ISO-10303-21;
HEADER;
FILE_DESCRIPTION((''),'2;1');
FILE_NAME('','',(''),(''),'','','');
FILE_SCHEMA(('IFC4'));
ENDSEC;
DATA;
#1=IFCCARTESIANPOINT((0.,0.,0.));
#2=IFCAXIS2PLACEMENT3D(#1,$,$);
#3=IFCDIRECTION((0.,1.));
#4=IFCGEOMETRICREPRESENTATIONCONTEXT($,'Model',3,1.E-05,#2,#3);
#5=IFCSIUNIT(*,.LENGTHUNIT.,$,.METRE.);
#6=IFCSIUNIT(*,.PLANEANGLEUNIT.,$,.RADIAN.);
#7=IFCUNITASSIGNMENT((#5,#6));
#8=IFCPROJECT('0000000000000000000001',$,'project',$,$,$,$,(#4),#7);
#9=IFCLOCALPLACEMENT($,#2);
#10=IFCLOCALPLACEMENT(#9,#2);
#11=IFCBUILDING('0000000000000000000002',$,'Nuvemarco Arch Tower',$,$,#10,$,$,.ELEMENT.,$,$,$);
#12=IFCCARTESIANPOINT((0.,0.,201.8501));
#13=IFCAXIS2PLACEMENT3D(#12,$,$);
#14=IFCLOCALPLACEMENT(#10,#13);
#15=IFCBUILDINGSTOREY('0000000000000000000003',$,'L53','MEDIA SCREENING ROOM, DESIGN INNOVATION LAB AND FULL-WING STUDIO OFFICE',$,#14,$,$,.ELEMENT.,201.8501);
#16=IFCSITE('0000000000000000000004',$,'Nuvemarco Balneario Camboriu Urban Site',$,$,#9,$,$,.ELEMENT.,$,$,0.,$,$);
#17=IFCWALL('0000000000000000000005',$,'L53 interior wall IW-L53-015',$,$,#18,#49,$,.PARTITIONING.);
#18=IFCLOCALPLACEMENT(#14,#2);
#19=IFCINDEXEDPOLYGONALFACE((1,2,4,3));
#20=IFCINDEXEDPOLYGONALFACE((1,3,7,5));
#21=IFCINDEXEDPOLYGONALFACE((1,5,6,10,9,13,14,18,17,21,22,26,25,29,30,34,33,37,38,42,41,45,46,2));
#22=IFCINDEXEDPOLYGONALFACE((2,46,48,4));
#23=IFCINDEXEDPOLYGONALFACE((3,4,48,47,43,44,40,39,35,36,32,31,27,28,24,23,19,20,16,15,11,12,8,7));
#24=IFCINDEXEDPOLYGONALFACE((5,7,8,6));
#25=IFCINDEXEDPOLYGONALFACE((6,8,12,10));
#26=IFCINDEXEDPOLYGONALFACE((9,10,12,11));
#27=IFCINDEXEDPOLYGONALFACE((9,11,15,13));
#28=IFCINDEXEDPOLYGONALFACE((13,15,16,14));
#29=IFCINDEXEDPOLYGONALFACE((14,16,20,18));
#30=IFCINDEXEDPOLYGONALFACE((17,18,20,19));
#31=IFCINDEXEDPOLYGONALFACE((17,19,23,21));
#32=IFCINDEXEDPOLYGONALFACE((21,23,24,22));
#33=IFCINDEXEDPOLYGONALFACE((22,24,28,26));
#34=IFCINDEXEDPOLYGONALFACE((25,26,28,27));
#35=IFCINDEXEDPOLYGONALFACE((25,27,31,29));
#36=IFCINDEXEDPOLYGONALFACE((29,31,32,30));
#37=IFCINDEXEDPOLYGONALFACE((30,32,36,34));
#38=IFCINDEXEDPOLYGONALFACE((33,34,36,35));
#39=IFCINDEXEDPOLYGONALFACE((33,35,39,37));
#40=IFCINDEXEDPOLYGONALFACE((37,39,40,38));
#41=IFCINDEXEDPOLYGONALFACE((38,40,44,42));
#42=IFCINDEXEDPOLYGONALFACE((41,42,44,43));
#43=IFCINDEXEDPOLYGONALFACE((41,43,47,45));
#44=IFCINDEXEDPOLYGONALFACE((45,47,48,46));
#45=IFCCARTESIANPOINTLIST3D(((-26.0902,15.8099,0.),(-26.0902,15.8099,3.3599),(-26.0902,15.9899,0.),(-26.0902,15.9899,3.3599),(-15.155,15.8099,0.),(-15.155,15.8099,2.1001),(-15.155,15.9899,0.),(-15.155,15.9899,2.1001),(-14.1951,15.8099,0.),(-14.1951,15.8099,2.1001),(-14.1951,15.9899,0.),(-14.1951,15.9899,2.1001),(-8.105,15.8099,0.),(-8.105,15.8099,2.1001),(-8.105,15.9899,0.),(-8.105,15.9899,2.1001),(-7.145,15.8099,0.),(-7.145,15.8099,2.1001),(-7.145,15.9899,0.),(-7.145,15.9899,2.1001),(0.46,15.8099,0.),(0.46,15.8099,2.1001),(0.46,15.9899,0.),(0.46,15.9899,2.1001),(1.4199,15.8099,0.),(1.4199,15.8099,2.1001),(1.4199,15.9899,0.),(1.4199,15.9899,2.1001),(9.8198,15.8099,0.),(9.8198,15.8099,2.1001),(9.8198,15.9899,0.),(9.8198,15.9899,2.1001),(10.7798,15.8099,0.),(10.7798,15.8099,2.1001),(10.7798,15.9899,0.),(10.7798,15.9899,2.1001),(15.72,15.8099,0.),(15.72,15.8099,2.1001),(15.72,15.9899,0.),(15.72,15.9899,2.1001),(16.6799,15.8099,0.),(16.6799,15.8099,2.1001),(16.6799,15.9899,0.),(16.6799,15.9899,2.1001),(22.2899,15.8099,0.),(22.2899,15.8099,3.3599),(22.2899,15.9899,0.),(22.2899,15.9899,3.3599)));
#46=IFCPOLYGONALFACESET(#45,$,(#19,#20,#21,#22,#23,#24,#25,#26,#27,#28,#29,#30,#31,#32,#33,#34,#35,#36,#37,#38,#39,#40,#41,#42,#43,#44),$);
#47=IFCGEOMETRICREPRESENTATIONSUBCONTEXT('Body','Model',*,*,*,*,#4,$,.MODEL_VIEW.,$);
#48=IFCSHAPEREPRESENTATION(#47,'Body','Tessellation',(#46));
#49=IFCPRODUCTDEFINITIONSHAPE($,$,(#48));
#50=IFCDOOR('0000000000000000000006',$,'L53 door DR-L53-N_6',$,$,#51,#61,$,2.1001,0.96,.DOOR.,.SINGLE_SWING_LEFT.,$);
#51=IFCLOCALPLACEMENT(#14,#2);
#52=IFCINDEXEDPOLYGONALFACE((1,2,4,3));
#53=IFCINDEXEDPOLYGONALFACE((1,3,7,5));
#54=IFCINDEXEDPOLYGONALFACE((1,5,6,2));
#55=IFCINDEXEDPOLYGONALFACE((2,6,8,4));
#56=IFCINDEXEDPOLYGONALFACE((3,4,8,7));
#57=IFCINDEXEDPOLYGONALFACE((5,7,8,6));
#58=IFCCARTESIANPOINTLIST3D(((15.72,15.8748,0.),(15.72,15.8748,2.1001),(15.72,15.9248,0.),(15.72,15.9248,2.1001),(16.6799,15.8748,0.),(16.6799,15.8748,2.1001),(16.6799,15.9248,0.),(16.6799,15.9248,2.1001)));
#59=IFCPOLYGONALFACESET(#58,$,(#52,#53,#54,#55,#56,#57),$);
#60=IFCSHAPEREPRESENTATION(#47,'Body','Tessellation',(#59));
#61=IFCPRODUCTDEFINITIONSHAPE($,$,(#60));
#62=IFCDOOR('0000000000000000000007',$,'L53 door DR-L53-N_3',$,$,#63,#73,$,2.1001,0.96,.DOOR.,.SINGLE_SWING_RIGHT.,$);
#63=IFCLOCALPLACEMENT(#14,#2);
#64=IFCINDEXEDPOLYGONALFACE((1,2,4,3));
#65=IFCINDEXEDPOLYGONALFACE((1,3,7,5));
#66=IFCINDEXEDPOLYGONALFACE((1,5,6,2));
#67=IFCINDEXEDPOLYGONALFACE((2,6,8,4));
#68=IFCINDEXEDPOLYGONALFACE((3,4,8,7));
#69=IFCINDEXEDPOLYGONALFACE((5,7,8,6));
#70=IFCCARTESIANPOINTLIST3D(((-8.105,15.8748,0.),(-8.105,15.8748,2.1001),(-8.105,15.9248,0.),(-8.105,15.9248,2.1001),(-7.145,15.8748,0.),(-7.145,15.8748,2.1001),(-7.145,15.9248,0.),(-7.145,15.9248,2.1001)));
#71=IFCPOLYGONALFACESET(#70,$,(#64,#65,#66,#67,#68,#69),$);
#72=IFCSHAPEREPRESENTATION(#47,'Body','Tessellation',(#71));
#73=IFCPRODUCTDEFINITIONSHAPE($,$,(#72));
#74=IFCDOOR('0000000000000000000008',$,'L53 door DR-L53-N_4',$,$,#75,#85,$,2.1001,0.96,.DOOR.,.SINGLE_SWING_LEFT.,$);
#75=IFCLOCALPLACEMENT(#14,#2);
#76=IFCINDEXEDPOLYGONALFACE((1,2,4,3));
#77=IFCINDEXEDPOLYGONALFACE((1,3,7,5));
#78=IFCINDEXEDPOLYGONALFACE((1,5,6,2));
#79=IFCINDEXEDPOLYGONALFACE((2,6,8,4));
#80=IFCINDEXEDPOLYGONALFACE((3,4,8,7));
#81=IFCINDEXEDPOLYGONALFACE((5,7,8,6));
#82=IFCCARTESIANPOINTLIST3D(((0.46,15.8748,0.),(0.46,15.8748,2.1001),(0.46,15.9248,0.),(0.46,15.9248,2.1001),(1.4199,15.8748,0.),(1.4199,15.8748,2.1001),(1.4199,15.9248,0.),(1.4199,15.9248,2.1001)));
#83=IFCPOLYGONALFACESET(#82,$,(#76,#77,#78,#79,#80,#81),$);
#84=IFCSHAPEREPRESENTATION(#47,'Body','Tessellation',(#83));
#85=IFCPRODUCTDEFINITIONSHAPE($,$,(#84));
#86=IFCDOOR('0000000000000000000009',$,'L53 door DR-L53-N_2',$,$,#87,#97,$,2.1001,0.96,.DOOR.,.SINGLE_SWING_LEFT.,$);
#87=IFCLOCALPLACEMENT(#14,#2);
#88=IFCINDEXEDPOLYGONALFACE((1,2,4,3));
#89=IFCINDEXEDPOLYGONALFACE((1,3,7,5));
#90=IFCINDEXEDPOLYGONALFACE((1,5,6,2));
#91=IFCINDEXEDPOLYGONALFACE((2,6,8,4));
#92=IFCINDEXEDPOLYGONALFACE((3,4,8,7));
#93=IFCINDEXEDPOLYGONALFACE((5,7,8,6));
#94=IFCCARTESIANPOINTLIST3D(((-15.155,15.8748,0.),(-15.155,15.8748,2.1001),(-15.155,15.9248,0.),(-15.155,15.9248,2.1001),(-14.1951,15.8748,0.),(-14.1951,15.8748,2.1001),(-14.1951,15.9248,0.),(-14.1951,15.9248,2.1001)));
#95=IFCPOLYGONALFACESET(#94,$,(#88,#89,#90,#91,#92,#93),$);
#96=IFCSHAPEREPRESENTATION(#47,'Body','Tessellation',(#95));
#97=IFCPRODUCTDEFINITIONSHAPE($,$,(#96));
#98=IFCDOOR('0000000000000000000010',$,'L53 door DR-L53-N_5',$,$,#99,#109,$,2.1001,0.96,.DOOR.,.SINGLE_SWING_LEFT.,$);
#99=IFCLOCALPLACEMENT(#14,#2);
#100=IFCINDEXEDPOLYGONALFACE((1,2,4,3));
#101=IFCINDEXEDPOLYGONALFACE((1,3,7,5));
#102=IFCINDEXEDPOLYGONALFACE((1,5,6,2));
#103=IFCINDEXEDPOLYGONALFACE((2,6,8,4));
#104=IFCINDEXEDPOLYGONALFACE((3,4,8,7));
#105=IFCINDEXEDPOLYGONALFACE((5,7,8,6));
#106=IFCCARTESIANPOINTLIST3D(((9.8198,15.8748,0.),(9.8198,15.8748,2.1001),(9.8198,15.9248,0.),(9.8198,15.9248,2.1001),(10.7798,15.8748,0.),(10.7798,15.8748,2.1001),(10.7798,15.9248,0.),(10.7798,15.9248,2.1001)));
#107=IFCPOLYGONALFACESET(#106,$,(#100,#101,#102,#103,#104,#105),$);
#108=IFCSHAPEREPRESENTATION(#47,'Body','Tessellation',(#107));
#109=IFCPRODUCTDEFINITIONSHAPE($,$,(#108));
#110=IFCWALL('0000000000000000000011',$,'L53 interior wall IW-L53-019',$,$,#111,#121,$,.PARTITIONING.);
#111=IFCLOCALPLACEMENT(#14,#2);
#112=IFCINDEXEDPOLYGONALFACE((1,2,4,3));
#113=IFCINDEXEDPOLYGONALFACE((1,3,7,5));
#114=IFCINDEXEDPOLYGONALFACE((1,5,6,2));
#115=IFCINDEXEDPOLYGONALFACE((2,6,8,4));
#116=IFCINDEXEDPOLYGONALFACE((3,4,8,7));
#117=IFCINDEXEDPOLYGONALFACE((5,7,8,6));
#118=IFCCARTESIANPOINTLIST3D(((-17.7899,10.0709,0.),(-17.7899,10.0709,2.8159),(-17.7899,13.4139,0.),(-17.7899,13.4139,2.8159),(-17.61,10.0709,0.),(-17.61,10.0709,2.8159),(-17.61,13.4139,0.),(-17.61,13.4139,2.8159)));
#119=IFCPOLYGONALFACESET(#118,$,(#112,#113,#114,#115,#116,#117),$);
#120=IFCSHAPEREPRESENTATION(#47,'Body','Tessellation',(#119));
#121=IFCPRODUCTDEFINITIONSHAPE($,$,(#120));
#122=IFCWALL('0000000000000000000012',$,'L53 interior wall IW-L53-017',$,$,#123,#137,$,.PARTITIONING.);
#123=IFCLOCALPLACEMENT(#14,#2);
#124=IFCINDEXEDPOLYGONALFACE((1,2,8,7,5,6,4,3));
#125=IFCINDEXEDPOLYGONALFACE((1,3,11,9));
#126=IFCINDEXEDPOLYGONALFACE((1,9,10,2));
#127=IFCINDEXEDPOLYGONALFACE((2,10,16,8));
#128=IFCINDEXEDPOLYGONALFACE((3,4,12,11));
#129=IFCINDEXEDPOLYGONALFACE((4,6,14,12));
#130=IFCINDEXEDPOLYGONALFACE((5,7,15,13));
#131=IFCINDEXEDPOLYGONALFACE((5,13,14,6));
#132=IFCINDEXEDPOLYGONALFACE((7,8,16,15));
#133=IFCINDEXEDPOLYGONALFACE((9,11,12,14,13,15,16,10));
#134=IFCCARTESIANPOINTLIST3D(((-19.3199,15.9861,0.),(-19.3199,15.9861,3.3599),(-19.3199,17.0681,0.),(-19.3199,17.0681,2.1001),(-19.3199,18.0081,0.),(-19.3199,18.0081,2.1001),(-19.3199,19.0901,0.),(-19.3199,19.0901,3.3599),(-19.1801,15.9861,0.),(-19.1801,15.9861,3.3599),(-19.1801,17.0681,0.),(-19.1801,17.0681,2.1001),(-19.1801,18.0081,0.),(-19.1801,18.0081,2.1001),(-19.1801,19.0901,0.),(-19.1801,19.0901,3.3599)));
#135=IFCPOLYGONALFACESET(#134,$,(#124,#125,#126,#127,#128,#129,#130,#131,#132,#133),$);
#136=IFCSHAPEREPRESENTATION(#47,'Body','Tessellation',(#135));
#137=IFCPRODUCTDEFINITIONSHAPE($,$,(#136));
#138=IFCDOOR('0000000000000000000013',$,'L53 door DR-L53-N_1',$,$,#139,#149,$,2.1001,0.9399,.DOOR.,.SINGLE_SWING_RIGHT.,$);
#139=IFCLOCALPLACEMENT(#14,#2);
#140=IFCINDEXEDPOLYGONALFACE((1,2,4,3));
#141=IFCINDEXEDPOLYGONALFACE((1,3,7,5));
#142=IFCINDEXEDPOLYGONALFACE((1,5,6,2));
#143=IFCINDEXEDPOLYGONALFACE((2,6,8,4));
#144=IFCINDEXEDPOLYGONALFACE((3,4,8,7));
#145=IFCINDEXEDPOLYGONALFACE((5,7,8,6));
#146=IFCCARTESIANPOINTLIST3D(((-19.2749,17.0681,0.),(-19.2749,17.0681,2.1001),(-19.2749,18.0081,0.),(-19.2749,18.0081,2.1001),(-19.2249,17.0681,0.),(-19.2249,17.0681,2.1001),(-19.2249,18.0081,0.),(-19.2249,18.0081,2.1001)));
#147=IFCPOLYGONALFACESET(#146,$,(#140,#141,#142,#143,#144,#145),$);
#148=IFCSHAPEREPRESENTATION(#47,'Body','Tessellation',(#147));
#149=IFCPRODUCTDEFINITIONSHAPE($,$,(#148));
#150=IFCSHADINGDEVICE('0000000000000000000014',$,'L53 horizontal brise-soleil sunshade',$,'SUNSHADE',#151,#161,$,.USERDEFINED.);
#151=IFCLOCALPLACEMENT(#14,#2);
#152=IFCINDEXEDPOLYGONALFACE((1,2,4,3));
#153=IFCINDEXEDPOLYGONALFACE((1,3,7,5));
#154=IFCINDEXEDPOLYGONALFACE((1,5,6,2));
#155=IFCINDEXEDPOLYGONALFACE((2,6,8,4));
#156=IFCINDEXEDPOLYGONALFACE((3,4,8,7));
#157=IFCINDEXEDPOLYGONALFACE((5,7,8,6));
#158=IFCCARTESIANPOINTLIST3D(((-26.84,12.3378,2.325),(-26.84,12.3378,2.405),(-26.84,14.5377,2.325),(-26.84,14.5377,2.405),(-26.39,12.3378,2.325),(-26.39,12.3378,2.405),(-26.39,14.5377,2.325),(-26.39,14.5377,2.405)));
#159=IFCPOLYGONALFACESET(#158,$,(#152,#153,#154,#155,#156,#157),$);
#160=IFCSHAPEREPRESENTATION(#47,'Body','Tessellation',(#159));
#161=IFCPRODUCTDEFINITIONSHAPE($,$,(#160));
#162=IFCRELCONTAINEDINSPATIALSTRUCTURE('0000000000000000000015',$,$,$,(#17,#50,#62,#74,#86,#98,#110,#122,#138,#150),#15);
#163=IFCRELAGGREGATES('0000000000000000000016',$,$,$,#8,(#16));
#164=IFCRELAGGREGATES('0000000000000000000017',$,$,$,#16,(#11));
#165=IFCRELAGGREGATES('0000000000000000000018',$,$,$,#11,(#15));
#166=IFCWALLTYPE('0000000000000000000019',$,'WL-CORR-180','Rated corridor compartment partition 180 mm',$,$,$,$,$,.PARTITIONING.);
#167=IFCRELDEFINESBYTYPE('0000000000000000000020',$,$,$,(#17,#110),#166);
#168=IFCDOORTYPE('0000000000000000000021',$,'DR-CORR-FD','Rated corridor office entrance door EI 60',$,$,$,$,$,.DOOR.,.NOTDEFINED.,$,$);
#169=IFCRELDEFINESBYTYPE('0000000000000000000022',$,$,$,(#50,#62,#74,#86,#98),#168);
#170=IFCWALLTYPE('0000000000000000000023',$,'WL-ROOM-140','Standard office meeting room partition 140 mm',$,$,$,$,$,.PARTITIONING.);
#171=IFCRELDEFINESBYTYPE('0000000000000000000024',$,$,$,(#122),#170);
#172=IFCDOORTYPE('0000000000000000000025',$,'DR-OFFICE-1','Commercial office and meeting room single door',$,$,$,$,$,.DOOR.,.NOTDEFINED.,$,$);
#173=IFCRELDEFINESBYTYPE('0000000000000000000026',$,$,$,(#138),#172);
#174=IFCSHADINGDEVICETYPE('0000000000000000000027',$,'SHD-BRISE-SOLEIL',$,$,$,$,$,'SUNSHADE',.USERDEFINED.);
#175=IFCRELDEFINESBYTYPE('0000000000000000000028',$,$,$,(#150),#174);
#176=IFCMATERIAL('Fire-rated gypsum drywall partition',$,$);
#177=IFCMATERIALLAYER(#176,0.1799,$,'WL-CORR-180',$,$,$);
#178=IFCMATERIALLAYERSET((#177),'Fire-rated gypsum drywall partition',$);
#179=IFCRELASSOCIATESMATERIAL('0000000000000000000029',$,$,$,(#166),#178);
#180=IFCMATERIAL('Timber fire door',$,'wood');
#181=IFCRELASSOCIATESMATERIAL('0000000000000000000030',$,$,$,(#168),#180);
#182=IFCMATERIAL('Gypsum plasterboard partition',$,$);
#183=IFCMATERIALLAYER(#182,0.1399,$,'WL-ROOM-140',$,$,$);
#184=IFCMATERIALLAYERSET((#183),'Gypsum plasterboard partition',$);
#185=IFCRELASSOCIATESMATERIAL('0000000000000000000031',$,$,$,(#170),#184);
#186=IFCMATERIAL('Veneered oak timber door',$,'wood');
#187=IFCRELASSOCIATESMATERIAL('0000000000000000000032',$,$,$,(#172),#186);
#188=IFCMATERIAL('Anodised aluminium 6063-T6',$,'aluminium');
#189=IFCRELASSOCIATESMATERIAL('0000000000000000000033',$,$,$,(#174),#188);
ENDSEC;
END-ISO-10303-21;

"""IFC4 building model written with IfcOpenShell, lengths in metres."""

from ifc_helpers import new_model, si_unit, direction, frame, frame_2d, origin, origin_2d, place, context, subcontext, project, spatial, rectangle, extrude, source, transform, mapped, material, layer, layer_set, type_object, type_shapes, element, fill, save


model = new_model("IFC4")

# Units and contexts
model_context = context("Model", 3, precision=1e-05, world=origin(), true_north=direction((0.0, 1.0)))
body_context = subcontext(model_context, "Body", "Model", "MODEL_VIEW")
ifc_project = project(units=[si_unit("LENGTHUNIT", "METRE"), si_unit("PLANEANGLEUNIT", "RADIAN")], contexts=[model_context])

# Site, building, storey
site_placement = place(None, origin())
site = spatial("IfcSite", under=ifc_project, at=site_placement, Name="Nuvemarco Balneario Camboriu Urban Site", CompositionType="ELEMENT", RefElevation=0.0)
building_placement = place(site_placement, origin())
building = spatial("IfcBuilding", under=site, at=building_placement, Name="Nuvemarco Arch Tower", CompositionType="ELEMENT")
storey_placement = place(building_placement, frame((0.0, 0.0, 201.8501)))
storey = spatial("IfcBuildingStorey", under=building, at=storey_placement, Name="L53", Description="MEDIA SCREENING ROOM, DESIGN INNOVATION LAB AND FULL-WING STUDIO OFFICE", CompositionType="ELEMENT", Elevation=201.8501)

# Shared definitions
ifc_material_1 = material(Name="Fire-rated gypsum drywall partition")
ifc_layer_1 = layer(ifc_material_1, 0.1799, Name="WL-CORR-180")
ifc_layer_set_1 = layer_set([ifc_layer_1], Name="Fire-rated gypsum drywall partition")
wall_type_1 = type_object("IfcWallType", Name="WL-CORR-180", Description="Rated corridor compartment partition 180 mm", PredefinedType="PARTITIONING", material=ifc_layer_set_1)
ifc_material_2 = material(Name="Timber fire door", Category="wood")
door_type_1 = type_object("IfcDoorType", Name="DR-CORR-FD", Description="Rated corridor office entrance door EI 60", OperationType="NOTDEFINED", PredefinedType="DOOR", material=ifc_material_2)
shared_shape_1 = source(origin(), body_context, "Body", "SweptSolid", [
    extrude(rectangle(XDim=0.96, YDim=2.1001, at=frame_2d((0.48, 1.05))), frame((0.0, 0.0249, 0.0), z_axis=(0.0, -1.0, 0.0), x_axis=(1.0, 0.0, 0.0)), (0.0, 0.0, 1.0), 0.05),
])
type_shapes(door_type_1, [shared_shape_1])

# Wall, openings, doors
wall_1_placement = place(storey_placement, frame((-26.0901, 15.8999, 0.0), z_axis=(0.0, 0.0, 1.0), x_axis=(1.0, 0.0, 0.0)))
wall_1 = element("IfcWall", 1, at=wall_1_placement, inside=storey, type_object=wall_type_1, Name="L53 interior wall IW-L53-015", PredefinedType="PARTITIONING", context=body_context, shape_type="SweptSolid", body=[
    extrude(rectangle(XDim=48.3801, YDim=0.1799, at=frame_2d((24.1899, 0.0))), origin(), (0.0, 0.0, 1.0), 3.3599),
])
opening_1_placement = place(wall_1_placement, frame((41.8101, 0.0, 0.0)))
opening_1 = element("IfcOpeningElement", 2, at=opening_1_placement, cuts=wall_1, PredefinedType="OPENING", context=body_context, shape_type="SweptSolid", body=[
    extrude(rectangle(XDim=0.96, YDim=2.1001, at=frame_2d((0.48, 1.05))), frame((0.0, 0.0999, 0.0), z_axis=(0.0, -1.0, 0.0), x_axis=(1.0, 0.0, 0.0)), (0.0, 0.0, 1.0), 0.2),
])
opening_2_placement = place(wall_1_placement, frame((17.9851, 0.0, 0.0)))
opening_2 = element("IfcOpeningElement", 3, at=opening_2_placement, cuts=wall_1, PredefinedType="OPENING", context=body_context, shape_type="SweptSolid", body=[
    extrude(rectangle(XDim=0.96, YDim=2.1001, at=frame_2d((0.48, 1.05))), frame((0.0, 0.0999, 0.0), z_axis=(0.0, -1.0, 0.0), x_axis=(1.0, 0.0, 0.0)), (0.0, 0.0, 1.0), 0.2),
])
opening_3_placement = place(wall_1_placement, frame((26.55, 0.0, 0.0)))
opening_3 = element("IfcOpeningElement", 4, at=opening_3_placement, cuts=wall_1, PredefinedType="OPENING", context=body_context, shape_type="SweptSolid", body=[
    extrude(rectangle(XDim=0.96, YDim=2.1001, at=frame_2d((0.48, 1.05))), frame((0.0, 0.0999, 0.0), z_axis=(0.0, -1.0, 0.0), x_axis=(1.0, 0.0, 0.0)), (0.0, 0.0, 1.0), 0.2),
])
opening_4_placement = place(wall_1_placement, frame((10.9351, 0.0, 0.0)))
opening_4 = element("IfcOpeningElement", 5, at=opening_4_placement, cuts=wall_1, PredefinedType="OPENING", context=body_context, shape_type="SweptSolid", body=[
    extrude(rectangle(XDim=0.96, YDim=2.1001, at=frame_2d((0.48, 1.05))), frame((0.0, 0.0999, 0.0), z_axis=(0.0, -1.0, 0.0), x_axis=(1.0, 0.0, 0.0)), (0.0, 0.0, 1.0), 0.2),
])
opening_5_placement = place(wall_1_placement, frame((35.9099, 0.0, 0.0)))
opening_5 = element("IfcOpeningElement", 6, at=opening_5_placement, cuts=wall_1, PredefinedType="OPENING", context=body_context, shape_type="SweptSolid", body=[
    extrude(rectangle(XDim=0.96, YDim=2.1001, at=frame_2d((0.48, 1.05))), frame((0.0, 0.0999, 0.0), z_axis=(0.0, -1.0, 0.0), x_axis=(1.0, 0.0, 0.0)), (0.0, 0.0, 1.0), 0.2),
])
door_1_placement = place(opening_1_placement, origin())
door_1 = element("IfcDoor", 7, at=door_1_placement, inside=storey, type_object=door_type_1, Name="L53 door DR-L53-N_6", OperationType="SINGLE_SWING_LEFT", OverallHeight=2.1001, OverallWidth=0.96, PredefinedType="DOOR", context=body_context, shape_type="MappedRepresentation", body=[
    mapped(shared_shape_1, transform((0.0, 0.0, 0.0), scale=1.0)),
])
fill(opening_1, door_1)
door_2_placement = place(opening_2_placement, origin())
door_2 = element("IfcDoor", 8, at=door_2_placement, inside=storey, type_object=door_type_1, Name="L53 door DR-L53-N_3", OperationType="SINGLE_SWING_RIGHT", OverallHeight=2.1001, OverallWidth=0.96, PredefinedType="DOOR", context=body_context, shape_type="MappedRepresentation", body=[
    mapped(shared_shape_1, transform((0.0, 0.0, 0.0), scale=1.0)),
])
fill(opening_2, door_2)
door_3_placement = place(opening_3_placement, origin())
door_3 = element("IfcDoor", 9, at=door_3_placement, inside=storey, type_object=door_type_1, Name="L53 door DR-L53-N_4", OperationType="SINGLE_SWING_LEFT", OverallHeight=2.1001, OverallWidth=0.96, PredefinedType="DOOR", context=body_context, shape_type="MappedRepresentation", body=[
    mapped(shared_shape_1, transform((0.0, 0.0, 0.0), scale=1.0)),
])
fill(opening_3, door_3)
door_4_placement = place(opening_4_placement, origin())
door_4 = element("IfcDoor", 10, at=door_4_placement, inside=storey, type_object=door_type_1, Name="L53 door DR-L53-N_2", OperationType="SINGLE_SWING_LEFT", OverallHeight=2.1001, OverallWidth=0.96, PredefinedType="DOOR", context=body_context, shape_type="MappedRepresentation", body=[
    mapped(shared_shape_1, transform((0.0, 0.0, 0.0), scale=1.0)),
])
fill(opening_4, door_4)
door_5_placement = place(opening_5_placement, origin())
door_5 = element("IfcDoor", 11, at=door_5_placement, inside=storey, type_object=door_type_1, Name="L53 door DR-L53-N_5", OperationType="SINGLE_SWING_LEFT", OverallHeight=2.1001, OverallWidth=0.96, PredefinedType="DOOR", context=body_context, shape_type="MappedRepresentation", body=[
    mapped(shared_shape_1, transform((0.0, 0.0, 0.0), scale=1.0)),
])
fill(opening_5, door_5)

# Wall
wall_2_placement = place(storey_placement, frame((-17.7, 10.071, 0.0), z_axis=(0.0, 0.0, 1.0), x_axis=(0.0, 1.0, 0.0)))
element("IfcWall", 12, at=wall_2_placement, inside=storey, type_object=wall_type_1, Name="L53 interior wall IW-L53-019", PredefinedType="PARTITIONING", context=body_context, shape_type="SweptSolid", body=[
    extrude(rectangle(XDim=3.343, YDim=0.1799, at=frame_2d((1.6714, 0.0))), origin(), (0.0, 0.0, 1.0), 2.8159),
])

# Wall, opening, door
ifc_material_3 = material(Name="Gypsum plasterboard partition")
ifc_layer_2 = layer(ifc_material_3, 0.1399, Name="WL-ROOM-140")
ifc_layer_set_2 = layer_set([ifc_layer_2], Name="Gypsum plasterboard partition")
wall_type_2 = type_object("IfcWallType", Name="WL-ROOM-140", Description="Standard office meeting room partition 140 mm", PredefinedType="PARTITIONING", material=ifc_layer_set_2)
wall_3_placement = place(storey_placement, frame((-19.25, 15.9861, 0.0), z_axis=(0.0, 0.0, 1.0), x_axis=(0.0, 1.0, 0.0)))
wall_3 = element("IfcWall", 13, at=wall_3_placement, inside=storey, type_object=wall_type_2, Name="L53 interior wall IW-L53-017", PredefinedType="PARTITIONING", context=body_context, shape_type="SweptSolid", body=[
    extrude(rectangle(XDim=3.104, YDim=0.1399, at=frame_2d((1.552, 0.0))), origin(), (0.0, 0.0, 1.0), 3.3599),
])
opening_6_placement = place(wall_3_placement, frame((1.082, 0.0, 0.0)))
opening_6 = element("IfcOpeningElement", 14, at=opening_6_placement, cuts=wall_3, PredefinedType="OPENING", context=body_context, shape_type="SweptSolid", body=[
    extrude(rectangle(XDim=0.9399, YDim=2.1001, at=frame_2d((0.47, 1.05))), frame((0.0, 0.0798, 0.0), z_axis=(0.0, -1.0, 0.0), x_axis=(1.0, 0.0, 0.0)), (0.0, 0.0, 1.0), 0.1599),
])
ifc_material_4 = material(Name="Veneered oak timber door", Category="wood")
door_type_2 = type_object("IfcDoorType", Name="DR-OFFICE-1", Description="Commercial office and meeting room single door", OperationType="NOTDEFINED", PredefinedType="DOOR", material=ifc_material_4)
shared_shape_2 = source(origin(), body_context, "Body", "SweptSolid", [
    extrude(rectangle(XDim=0.9399, YDim=2.1001, at=frame_2d((0.47, 1.05))), frame((0.0, 0.0249, 0.0), z_axis=(0.0, -1.0, 0.0), x_axis=(1.0, 0.0, 0.0)), (0.0, 0.0, 1.0), 0.05),
])
type_shapes(door_type_2, [shared_shape_2])
door_6_placement = place(opening_6_placement, origin())
door_6 = element("IfcDoor", 15, at=door_6_placement, inside=storey, type_object=door_type_2, Name="L53 door DR-L53-N_1", OperationType="SINGLE_SWING_RIGHT", OverallHeight=2.1001, OverallWidth=0.9399, PredefinedType="DOOR", context=body_context, shape_type="MappedRepresentation", body=[
    mapped(shared_shape_2, transform((0.0, 0.0, 0.0), scale=1.0)),
])
fill(opening_6, door_6)

# Shading device
ifc_material_5 = material(Name="Anodised aluminium 6063-T6", Category="aluminium")
shading_device_type = type_object("IfcShadingDeviceType", Name="SHD-BRISE-SOLEIL", ElementType="SUNSHADE", PredefinedType="USERDEFINED", material=ifc_material_5)
shared_shape_3 = source(origin(), body_context, "Body", "SweptSolid", [
    extrude(rectangle(XDim=2.2, YDim=0.45, at=origin_2d()), origin(), (0.0, 0.0, 1.0), 0.0801),
])
type_shapes(shading_device_type, [shared_shape_3])
shading_device_placement = place(storey_placement, frame((-26.615, 13.4377, 2.325), z_axis=(0.0, 0.0, 1.0), x_axis=(0.0, 1.0, 0.0)))
element("IfcShadingDevice", 16, at=shading_device_placement, inside=storey, type_object=shading_device_type, Name="L53 horizontal brise-soleil sunshade", ObjectType="SUNSHADE", PredefinedType="USERDEFINED", context=body_context, shape_type="MappedRepresentation", body=[
    mapped(shared_shape_3, transform((0.0, 0.0, 0.0), scale=1.0)),
])

save(model, "model.ifc")
